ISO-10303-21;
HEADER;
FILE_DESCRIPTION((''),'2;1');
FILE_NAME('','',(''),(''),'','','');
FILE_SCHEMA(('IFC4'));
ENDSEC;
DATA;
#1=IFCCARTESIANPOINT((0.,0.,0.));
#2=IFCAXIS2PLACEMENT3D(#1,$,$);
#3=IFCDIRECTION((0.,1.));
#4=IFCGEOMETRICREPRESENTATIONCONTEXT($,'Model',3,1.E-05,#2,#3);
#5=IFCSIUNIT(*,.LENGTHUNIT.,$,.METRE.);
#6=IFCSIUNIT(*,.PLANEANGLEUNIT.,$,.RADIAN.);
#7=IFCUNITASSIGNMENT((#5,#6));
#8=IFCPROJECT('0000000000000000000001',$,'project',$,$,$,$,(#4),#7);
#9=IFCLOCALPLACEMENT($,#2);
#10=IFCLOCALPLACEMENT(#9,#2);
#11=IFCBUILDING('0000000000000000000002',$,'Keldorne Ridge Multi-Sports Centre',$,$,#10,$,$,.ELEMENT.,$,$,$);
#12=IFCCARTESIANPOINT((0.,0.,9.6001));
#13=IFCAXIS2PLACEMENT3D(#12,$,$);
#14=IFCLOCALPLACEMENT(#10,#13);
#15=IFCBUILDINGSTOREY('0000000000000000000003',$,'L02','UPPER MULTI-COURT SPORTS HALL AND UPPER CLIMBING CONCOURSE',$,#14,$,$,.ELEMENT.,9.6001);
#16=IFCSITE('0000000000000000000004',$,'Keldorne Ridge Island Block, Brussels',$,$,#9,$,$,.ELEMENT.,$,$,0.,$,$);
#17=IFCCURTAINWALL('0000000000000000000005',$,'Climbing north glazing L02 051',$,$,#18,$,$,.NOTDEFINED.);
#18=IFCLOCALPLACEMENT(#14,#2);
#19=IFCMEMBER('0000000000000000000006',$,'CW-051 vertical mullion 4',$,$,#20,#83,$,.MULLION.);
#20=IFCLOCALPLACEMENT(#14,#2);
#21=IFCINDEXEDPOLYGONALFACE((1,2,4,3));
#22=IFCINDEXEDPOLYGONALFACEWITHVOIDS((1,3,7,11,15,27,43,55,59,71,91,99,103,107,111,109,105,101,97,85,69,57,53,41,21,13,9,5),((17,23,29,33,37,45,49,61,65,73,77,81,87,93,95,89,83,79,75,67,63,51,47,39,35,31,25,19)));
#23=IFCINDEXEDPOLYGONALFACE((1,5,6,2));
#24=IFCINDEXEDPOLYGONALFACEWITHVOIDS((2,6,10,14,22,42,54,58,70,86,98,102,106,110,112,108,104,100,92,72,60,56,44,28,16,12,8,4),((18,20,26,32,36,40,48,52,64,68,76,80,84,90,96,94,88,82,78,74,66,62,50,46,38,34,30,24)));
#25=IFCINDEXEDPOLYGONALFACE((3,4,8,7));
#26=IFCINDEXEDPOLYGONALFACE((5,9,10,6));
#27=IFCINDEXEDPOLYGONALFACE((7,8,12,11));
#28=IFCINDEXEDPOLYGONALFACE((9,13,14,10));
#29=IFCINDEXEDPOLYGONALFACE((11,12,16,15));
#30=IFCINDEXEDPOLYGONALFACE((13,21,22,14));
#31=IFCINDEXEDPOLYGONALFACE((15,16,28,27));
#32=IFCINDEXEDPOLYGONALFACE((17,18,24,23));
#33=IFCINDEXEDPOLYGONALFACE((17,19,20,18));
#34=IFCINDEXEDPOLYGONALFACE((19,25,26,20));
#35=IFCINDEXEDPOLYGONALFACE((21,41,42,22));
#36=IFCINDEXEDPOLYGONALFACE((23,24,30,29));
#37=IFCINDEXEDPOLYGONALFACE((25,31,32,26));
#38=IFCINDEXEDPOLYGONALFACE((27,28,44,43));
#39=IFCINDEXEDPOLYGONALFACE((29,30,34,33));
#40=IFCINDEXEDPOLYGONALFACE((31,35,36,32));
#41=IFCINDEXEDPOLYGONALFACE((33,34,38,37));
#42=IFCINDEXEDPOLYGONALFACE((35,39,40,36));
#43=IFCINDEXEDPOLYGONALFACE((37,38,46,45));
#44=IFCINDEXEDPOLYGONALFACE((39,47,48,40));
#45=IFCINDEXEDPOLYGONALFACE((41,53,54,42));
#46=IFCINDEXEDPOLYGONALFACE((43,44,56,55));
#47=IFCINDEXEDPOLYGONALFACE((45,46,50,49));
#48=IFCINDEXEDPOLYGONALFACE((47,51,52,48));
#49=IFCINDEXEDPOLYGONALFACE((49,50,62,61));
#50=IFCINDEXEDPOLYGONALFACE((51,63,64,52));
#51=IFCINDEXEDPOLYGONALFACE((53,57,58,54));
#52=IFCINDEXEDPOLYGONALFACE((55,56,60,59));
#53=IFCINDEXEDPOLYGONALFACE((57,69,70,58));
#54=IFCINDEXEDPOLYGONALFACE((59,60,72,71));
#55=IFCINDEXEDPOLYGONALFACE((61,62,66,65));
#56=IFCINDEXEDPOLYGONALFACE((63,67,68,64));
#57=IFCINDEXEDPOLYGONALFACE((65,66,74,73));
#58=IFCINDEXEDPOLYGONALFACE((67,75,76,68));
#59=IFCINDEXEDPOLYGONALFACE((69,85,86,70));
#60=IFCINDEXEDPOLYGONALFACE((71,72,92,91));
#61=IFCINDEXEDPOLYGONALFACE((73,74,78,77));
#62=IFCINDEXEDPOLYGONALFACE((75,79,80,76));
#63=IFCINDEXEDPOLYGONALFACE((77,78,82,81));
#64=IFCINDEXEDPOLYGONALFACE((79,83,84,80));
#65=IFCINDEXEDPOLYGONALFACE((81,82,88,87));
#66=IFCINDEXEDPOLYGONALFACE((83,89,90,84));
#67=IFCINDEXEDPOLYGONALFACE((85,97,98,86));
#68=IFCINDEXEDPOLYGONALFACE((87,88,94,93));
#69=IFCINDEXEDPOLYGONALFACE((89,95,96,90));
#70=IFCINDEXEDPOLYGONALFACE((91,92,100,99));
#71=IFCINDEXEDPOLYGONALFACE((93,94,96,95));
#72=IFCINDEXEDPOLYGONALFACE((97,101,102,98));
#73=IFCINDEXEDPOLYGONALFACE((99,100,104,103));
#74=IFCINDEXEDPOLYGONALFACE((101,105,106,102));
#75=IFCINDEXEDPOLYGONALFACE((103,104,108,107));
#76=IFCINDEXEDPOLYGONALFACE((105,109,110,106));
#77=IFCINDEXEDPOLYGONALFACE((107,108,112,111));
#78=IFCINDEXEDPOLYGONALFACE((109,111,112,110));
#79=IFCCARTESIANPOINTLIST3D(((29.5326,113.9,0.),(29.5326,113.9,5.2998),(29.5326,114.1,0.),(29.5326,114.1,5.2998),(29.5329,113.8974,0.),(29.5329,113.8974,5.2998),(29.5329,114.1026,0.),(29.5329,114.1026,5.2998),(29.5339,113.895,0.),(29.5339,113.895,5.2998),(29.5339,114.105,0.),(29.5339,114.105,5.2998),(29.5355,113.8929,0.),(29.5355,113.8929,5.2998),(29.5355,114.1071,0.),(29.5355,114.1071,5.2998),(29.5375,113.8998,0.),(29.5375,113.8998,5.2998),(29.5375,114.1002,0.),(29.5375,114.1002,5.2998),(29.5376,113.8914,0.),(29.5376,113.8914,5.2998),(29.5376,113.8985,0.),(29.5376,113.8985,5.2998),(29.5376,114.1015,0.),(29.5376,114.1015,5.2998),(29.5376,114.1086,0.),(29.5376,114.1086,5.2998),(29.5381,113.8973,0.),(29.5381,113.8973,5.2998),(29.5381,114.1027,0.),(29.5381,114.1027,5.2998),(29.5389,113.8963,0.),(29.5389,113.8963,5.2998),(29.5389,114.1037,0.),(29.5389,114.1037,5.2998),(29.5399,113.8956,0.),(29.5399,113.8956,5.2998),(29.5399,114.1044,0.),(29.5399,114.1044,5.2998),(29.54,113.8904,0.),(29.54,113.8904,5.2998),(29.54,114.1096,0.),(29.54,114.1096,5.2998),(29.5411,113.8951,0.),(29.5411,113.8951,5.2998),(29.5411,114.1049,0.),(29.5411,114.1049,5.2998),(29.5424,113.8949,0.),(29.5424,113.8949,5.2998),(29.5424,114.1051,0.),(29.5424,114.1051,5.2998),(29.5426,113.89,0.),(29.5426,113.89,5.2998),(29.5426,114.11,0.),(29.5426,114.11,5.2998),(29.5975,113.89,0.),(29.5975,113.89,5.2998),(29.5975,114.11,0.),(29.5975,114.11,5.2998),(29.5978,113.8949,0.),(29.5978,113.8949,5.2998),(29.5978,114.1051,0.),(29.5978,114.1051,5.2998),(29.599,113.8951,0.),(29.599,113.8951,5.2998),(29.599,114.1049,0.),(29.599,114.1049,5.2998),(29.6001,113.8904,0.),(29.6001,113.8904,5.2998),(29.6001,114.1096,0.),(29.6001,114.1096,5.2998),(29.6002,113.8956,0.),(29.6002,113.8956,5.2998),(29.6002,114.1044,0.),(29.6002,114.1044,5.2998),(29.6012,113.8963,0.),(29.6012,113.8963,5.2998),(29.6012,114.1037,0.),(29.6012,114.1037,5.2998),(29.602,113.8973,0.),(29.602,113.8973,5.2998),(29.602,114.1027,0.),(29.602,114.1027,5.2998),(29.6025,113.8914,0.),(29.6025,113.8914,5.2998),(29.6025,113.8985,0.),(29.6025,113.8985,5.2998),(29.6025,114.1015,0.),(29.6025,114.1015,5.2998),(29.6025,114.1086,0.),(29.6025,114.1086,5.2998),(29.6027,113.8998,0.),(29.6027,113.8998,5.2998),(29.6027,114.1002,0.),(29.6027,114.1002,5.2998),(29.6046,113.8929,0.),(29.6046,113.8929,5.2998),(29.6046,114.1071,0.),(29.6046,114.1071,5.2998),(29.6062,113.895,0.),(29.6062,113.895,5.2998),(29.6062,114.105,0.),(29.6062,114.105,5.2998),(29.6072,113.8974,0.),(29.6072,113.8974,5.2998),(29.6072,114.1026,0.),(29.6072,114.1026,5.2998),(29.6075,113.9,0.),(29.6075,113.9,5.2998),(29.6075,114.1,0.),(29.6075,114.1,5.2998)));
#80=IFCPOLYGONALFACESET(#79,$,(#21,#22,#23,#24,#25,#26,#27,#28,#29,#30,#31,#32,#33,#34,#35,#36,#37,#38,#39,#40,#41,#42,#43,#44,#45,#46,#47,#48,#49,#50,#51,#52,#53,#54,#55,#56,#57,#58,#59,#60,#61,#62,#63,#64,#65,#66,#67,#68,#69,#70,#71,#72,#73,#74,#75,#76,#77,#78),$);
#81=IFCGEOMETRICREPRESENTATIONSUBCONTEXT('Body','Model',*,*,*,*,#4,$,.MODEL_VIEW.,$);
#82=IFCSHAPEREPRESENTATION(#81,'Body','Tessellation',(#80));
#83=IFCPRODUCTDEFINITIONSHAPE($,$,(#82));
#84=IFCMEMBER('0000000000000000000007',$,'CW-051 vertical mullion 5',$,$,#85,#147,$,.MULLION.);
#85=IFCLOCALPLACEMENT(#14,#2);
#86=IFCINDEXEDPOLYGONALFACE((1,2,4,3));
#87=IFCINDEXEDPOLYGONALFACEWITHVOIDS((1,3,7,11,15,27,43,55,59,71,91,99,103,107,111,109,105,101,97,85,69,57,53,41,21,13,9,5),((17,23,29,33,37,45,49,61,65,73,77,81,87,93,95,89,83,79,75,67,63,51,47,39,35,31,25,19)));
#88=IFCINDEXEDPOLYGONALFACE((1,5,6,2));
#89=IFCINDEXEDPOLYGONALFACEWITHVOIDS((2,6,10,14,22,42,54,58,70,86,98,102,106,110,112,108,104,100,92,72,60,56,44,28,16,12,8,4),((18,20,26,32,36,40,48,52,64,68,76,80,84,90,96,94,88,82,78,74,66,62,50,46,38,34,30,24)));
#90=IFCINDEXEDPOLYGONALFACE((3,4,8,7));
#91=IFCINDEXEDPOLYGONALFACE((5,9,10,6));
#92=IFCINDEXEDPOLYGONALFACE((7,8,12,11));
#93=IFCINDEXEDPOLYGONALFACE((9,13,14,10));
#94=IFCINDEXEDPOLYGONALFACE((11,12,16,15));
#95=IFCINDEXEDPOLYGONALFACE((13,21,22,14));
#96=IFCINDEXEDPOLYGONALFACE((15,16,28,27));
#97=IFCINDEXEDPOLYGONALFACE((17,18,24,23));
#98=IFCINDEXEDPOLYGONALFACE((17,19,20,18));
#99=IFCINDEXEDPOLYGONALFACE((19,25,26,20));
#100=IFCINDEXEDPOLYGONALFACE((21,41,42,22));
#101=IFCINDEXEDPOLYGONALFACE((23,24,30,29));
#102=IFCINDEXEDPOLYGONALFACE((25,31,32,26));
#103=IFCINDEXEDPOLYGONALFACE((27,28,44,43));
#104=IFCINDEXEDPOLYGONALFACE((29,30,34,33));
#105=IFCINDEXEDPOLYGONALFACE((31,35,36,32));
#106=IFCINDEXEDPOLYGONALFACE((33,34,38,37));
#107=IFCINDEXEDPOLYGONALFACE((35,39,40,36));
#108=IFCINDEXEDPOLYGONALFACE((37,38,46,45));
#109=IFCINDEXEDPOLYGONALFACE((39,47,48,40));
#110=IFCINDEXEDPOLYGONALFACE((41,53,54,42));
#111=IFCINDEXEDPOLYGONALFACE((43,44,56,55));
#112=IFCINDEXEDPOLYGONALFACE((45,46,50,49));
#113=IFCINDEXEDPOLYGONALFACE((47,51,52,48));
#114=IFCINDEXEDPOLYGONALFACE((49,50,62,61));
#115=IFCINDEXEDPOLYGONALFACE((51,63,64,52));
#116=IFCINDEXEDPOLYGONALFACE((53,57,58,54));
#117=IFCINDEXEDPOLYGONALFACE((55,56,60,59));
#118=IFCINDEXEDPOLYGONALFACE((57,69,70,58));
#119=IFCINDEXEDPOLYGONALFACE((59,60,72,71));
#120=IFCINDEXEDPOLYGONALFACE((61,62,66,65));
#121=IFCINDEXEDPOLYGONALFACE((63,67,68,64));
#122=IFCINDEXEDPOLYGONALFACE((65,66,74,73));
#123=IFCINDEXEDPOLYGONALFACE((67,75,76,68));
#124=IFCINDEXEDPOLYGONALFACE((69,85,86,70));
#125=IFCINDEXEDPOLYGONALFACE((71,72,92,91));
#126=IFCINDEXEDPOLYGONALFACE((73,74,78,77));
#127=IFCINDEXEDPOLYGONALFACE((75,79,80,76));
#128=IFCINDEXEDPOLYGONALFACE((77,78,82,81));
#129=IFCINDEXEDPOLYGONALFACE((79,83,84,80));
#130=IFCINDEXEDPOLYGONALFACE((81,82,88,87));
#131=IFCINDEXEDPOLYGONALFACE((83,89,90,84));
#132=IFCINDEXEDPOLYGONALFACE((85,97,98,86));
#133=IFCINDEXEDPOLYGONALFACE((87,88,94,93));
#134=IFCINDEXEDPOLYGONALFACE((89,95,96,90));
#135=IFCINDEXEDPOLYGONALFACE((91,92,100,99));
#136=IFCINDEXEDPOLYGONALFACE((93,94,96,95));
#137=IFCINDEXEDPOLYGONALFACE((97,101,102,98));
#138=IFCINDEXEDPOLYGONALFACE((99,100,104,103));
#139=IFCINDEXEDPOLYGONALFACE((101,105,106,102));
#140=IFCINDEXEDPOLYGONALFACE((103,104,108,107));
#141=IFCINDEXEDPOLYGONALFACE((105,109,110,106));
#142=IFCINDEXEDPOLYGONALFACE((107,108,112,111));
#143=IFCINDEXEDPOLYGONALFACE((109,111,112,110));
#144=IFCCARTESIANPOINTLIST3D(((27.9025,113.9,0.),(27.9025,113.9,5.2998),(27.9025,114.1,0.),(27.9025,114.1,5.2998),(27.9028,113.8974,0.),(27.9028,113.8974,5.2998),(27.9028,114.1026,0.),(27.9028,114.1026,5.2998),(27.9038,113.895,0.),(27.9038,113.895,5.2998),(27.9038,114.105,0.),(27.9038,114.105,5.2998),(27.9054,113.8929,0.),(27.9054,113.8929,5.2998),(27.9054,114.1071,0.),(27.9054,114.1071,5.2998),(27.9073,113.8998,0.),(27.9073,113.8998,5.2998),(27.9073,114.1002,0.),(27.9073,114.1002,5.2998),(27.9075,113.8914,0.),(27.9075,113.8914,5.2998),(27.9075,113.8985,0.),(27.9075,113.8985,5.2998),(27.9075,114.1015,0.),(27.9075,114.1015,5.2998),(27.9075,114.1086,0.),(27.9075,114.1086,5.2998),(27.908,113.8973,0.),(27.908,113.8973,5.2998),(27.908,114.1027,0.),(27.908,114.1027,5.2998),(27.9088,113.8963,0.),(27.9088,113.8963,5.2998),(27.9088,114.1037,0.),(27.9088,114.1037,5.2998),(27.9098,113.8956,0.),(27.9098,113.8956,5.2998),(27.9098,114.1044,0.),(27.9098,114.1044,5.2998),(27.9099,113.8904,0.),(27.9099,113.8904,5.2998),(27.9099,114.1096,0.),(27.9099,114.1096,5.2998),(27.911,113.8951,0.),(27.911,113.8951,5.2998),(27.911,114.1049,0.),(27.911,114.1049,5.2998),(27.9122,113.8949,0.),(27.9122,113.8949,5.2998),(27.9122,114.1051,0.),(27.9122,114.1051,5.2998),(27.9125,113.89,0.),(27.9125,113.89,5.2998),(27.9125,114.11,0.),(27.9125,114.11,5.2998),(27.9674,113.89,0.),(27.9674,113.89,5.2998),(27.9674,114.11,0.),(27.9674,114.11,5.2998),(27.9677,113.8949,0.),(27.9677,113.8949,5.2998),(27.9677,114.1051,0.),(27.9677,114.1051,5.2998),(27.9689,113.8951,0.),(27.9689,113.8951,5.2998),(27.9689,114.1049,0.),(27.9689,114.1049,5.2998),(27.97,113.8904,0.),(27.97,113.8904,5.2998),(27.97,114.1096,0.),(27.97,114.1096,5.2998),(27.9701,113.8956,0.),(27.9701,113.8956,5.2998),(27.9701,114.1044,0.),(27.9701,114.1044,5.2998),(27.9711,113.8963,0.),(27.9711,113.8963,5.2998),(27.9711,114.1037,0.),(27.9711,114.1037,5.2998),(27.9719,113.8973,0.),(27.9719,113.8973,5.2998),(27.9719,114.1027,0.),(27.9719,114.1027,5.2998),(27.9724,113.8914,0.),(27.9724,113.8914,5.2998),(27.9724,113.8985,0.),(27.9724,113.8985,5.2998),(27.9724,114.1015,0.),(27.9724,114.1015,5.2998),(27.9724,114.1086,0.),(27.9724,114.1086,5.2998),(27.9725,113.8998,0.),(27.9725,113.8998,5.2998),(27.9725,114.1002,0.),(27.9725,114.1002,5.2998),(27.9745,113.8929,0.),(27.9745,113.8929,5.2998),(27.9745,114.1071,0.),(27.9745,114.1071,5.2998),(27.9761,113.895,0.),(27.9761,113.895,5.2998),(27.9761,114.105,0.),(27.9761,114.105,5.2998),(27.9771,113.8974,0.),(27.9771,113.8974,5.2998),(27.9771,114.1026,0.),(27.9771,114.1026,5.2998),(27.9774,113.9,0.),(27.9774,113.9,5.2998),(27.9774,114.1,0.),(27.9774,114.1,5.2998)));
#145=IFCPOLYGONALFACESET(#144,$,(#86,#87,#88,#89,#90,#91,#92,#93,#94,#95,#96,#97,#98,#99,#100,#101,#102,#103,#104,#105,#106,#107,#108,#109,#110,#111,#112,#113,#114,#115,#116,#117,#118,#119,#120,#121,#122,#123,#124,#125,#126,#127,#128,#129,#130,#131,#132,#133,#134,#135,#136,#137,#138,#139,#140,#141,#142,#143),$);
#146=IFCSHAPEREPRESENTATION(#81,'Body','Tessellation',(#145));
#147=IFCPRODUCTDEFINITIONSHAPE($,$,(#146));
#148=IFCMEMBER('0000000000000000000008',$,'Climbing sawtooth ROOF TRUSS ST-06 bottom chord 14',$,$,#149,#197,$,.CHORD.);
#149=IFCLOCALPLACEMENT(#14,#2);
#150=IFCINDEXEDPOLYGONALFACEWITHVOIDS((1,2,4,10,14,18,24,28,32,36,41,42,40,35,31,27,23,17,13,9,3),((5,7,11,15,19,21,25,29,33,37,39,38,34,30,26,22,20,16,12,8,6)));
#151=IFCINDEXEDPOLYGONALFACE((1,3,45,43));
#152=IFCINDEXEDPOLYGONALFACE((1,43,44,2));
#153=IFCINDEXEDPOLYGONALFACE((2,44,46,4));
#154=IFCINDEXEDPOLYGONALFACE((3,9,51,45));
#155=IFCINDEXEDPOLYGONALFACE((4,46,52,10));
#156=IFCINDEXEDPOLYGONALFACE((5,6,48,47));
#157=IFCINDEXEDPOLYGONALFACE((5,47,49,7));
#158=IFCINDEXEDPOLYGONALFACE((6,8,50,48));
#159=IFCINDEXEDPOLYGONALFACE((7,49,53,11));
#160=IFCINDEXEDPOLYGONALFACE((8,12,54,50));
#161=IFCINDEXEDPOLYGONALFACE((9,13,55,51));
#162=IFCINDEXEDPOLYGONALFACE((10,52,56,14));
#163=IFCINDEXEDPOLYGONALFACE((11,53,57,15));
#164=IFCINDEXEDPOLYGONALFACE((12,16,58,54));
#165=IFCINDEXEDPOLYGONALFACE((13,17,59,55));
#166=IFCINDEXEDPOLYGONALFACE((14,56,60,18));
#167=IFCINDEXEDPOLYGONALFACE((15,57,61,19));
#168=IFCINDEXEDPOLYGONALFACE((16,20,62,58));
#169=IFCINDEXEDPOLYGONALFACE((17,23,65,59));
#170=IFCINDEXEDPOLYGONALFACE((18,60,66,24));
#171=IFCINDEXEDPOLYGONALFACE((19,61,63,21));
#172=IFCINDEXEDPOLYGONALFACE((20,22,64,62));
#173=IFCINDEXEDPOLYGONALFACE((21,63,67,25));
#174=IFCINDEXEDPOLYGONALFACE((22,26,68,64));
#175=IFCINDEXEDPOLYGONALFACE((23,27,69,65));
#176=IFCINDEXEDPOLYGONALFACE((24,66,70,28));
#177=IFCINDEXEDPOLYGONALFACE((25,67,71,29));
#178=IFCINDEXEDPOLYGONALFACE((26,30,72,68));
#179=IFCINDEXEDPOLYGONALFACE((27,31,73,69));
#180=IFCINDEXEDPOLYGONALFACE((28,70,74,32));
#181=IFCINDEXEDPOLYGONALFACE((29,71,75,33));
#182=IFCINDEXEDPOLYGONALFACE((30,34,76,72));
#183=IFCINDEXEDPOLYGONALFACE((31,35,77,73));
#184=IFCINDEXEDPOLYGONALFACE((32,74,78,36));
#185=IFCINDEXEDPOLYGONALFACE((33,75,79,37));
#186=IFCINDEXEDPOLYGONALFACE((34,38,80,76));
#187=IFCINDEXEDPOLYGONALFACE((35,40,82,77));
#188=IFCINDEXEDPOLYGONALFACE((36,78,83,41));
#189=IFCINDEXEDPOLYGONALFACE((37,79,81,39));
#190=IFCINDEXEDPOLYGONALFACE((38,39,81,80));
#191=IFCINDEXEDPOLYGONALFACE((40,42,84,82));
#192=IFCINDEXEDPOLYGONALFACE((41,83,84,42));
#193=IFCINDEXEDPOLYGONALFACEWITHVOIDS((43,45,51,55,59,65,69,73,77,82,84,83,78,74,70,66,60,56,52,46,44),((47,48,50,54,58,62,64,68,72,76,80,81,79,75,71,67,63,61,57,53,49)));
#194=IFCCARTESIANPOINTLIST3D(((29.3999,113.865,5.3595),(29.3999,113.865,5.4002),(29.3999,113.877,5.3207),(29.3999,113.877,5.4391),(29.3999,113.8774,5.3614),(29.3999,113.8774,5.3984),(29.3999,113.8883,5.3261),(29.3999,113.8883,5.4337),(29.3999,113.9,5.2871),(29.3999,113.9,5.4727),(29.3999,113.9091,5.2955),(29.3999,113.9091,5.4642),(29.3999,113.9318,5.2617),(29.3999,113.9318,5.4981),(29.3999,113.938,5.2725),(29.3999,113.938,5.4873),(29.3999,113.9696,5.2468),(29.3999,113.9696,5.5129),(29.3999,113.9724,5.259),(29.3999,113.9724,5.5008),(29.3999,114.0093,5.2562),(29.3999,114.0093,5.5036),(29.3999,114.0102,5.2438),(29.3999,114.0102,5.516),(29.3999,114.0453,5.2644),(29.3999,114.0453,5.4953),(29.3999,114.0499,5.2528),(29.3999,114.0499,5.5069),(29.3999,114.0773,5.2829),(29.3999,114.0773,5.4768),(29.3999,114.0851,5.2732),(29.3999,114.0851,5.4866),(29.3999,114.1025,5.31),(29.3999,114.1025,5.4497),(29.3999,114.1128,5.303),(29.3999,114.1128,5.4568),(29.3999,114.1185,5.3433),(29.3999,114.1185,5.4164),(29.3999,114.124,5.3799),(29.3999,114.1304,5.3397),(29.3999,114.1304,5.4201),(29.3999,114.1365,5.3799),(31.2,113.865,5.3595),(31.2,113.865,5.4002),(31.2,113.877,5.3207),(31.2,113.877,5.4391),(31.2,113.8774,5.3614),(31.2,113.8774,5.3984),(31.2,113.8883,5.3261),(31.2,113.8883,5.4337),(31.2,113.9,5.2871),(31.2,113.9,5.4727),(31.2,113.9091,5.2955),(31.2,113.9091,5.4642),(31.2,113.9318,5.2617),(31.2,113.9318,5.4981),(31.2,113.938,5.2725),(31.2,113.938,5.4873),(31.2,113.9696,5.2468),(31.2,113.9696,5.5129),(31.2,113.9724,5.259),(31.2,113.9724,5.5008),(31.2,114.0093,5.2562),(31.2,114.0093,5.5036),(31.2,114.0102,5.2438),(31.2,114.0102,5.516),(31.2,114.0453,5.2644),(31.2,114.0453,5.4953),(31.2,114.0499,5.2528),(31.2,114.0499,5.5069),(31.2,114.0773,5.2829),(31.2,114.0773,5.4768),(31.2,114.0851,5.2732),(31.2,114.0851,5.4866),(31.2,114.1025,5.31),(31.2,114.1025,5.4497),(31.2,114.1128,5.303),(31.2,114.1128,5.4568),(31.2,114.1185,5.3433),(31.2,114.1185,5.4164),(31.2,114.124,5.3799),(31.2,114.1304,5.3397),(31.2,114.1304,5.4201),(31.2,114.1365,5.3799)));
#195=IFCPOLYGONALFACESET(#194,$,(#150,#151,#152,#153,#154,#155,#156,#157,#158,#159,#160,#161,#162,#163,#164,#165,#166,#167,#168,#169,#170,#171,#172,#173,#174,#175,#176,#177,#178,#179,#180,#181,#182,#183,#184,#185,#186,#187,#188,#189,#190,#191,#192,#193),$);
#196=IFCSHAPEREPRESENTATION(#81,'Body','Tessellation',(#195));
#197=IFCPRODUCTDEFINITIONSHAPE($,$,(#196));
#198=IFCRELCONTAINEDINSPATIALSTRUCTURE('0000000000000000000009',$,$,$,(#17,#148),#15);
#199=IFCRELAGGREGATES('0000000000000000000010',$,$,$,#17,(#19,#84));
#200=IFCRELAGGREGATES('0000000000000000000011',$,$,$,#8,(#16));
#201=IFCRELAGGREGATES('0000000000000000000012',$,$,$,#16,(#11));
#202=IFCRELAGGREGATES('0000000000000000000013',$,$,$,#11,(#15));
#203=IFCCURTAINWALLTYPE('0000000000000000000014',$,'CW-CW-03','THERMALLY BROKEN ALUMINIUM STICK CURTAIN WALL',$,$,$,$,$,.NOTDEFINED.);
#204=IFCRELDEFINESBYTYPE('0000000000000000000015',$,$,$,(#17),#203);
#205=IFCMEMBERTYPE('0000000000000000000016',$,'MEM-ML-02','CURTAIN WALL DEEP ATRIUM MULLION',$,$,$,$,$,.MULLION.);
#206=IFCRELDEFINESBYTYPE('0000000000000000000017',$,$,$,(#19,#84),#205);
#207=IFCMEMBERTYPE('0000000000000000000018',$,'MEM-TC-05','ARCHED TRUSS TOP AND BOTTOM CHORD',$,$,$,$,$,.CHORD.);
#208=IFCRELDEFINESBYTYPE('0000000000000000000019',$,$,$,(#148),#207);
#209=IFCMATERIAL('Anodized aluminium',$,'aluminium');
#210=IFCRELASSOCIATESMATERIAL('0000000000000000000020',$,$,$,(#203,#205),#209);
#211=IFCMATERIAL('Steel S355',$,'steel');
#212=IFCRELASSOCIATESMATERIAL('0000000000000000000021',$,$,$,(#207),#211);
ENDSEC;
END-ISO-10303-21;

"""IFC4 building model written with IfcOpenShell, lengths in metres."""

from ifc_helpers import new_model, si_unit, direction, frame, origin, origin_2d, place, context, subcontext, project, spatial, hollow_rectangle, hollow_circle, extrude, material, material_profile, profile_set, type_object, element, aggregate, save


model = new_model("IFC4")

# Units and contexts
model_context = context("Model", 3, precision=1e-05, world=origin(), true_north=direction((0.0, 1.0)))
body_context = subcontext(model_context, "Body", "Model", "MODEL_VIEW")
ifc_project = project(units=[si_unit("LENGTHUNIT", "METRE"), si_unit("PLANEANGLEUNIT", "RADIAN")], contexts=[model_context])

# Site, building, storey
site_placement = place(None, origin())
site = spatial("IfcSite", under=ifc_project, at=site_placement, Name="Keldorne Ridge Island Block, Brussels", CompositionType="ELEMENT", RefElevation=0.0)
building_placement = place(site_placement, origin())
building = spatial("IfcBuilding", under=site, at=building_placement, Name="Keldorne Ridge Multi-Sports Centre", CompositionType="ELEMENT")
storey_placement = place(building_placement, frame((0.0, 0.0, 9.6001)))
storey = spatial("IfcBuildingStorey", under=building, at=storey_placement, Name="L02", Description="UPPER MULTI-COURT SPORTS HALL AND UPPER CLIMBING CONCOURSE", CompositionType="ELEMENT", Elevation=9.6001)

# Shared definitions
ifc_material_1 = material(Name="Steel S355", Category="steel")

# Curtain wall, members
ifc_material_2 = material(Name="Anodized aluminium", Category="aluminium")
curtain_wall_type = type_object("IfcCurtainWallType", Name="CW-CW-03", Description="THERMALLY BROKEN ALUMINIUM STICK CURTAIN WALL", PredefinedType="NOTDEFINED", material=ifc_material_2)
curtain_wall_placement = place(storey_placement, origin())
curtain_wall = element("IfcCurtainWall", 1, at=curtain_wall_placement, inside=storey, type_object=curtain_wall_type, Name="Climbing north glazing L02 051", PredefinedType="NOTDEFINED")
ifc_material_profile_1 = material_profile(ifc_material_2, hollow_rectangle(XDim=0.075, YDim=0.22, WallThickness=0.0049, InnerFilletRadius=0.0049, OuterFilletRadius=0.01, at=origin_2d()), Name="ALU MULLION 220x75x5")
ifc_profile_set_1 = profile_set([ifc_material_profile_1], Name="Anodized aluminium")
member_type_1 = type_object("IfcMemberType", Name="MEM-ML-02", Description="CURTAIN WALL DEEP ATRIUM MULLION", PredefinedType="MULLION", material=ifc_profile_set_1)
member_1_placement = place(storey_placement, frame((29.5701, 114.0, 0.0), z_axis=(0.0, 0.0, 1.0), x_axis=(1.0, 0.0, 0.0)))
member_1 = element("IfcMember", 2, at=member_1_placement, type_object=member_type_1, Name="CW-051 vertical mullion 4", PredefinedType="MULLION", context=body_context, shape_type="SweptSolid", body=[
    extrude(hollow_rectangle(XDim=0.075, YDim=0.22, WallThickness=0.0049, InnerFilletRadius=0.0049, OuterFilletRadius=0.01, at=origin_2d()), origin(), (0.0, 0.0, 1.0), 5.2998),
])
member_2_placement = place(storey_placement, frame((27.9399, 114.0, 0.0), z_axis=(0.0, 0.0, 1.0), x_axis=(1.0, 0.0, 0.0)))
member_2 = element("IfcMember", 3, at=member_2_placement, type_object=member_type_1, Name="CW-051 vertical mullion 5", PredefinedType="MULLION", context=body_context, shape_type="SweptSolid", body=[
    extrude(hollow_rectangle(XDim=0.075, YDim=0.22, WallThickness=0.0049, InnerFilletRadius=0.0049, OuterFilletRadius=0.01, at=origin_2d()), origin(), (0.0, 0.0, 1.0), 5.2998),
])

# Member
ifc_material_profile_2 = material_profile(ifc_material_1, hollow_circle(Radius=0.1365, WallThickness=0.0125, at=origin_2d()), Name="CHS 273x12.5")
ifc_profile_set_2 = profile_set([ifc_material_profile_2], Name="Steel S355")
member_type_2 = type_object("IfcMemberType", Name="MEM-TC-05", Description="ARCHED TRUSS TOP AND BOTTOM CHORD", PredefinedType="CHORD", material=ifc_profile_set_2)
for number, where, z_axis, x_axis, name in (
    (4, (29.3999, 114.0, 5.3799), (1.0, 0.0, 0.0), (0.0, 1.0, 0.0), "Climbing sawtooth ROOF TRUSS ST-06 bottom chord 14"),
):
    element("IfcMember", number, at=place(storey_placement, frame(where, z_axis=z_axis, x_axis=x_axis)), inside=storey, type_object=member_type_2, Name=name, PredefinedType="CHORD", context=body_context, shape_type="SweptSolid", body=[
        extrude(hollow_circle(Radius=0.1365, WallThickness=0.0125, at=origin_2d()), origin(), (0.0, 0.0, 1.0), 1.8),
    ])

aggregate(curtain_wall, [member_1, member_2])

save(model, "model.ifc")
